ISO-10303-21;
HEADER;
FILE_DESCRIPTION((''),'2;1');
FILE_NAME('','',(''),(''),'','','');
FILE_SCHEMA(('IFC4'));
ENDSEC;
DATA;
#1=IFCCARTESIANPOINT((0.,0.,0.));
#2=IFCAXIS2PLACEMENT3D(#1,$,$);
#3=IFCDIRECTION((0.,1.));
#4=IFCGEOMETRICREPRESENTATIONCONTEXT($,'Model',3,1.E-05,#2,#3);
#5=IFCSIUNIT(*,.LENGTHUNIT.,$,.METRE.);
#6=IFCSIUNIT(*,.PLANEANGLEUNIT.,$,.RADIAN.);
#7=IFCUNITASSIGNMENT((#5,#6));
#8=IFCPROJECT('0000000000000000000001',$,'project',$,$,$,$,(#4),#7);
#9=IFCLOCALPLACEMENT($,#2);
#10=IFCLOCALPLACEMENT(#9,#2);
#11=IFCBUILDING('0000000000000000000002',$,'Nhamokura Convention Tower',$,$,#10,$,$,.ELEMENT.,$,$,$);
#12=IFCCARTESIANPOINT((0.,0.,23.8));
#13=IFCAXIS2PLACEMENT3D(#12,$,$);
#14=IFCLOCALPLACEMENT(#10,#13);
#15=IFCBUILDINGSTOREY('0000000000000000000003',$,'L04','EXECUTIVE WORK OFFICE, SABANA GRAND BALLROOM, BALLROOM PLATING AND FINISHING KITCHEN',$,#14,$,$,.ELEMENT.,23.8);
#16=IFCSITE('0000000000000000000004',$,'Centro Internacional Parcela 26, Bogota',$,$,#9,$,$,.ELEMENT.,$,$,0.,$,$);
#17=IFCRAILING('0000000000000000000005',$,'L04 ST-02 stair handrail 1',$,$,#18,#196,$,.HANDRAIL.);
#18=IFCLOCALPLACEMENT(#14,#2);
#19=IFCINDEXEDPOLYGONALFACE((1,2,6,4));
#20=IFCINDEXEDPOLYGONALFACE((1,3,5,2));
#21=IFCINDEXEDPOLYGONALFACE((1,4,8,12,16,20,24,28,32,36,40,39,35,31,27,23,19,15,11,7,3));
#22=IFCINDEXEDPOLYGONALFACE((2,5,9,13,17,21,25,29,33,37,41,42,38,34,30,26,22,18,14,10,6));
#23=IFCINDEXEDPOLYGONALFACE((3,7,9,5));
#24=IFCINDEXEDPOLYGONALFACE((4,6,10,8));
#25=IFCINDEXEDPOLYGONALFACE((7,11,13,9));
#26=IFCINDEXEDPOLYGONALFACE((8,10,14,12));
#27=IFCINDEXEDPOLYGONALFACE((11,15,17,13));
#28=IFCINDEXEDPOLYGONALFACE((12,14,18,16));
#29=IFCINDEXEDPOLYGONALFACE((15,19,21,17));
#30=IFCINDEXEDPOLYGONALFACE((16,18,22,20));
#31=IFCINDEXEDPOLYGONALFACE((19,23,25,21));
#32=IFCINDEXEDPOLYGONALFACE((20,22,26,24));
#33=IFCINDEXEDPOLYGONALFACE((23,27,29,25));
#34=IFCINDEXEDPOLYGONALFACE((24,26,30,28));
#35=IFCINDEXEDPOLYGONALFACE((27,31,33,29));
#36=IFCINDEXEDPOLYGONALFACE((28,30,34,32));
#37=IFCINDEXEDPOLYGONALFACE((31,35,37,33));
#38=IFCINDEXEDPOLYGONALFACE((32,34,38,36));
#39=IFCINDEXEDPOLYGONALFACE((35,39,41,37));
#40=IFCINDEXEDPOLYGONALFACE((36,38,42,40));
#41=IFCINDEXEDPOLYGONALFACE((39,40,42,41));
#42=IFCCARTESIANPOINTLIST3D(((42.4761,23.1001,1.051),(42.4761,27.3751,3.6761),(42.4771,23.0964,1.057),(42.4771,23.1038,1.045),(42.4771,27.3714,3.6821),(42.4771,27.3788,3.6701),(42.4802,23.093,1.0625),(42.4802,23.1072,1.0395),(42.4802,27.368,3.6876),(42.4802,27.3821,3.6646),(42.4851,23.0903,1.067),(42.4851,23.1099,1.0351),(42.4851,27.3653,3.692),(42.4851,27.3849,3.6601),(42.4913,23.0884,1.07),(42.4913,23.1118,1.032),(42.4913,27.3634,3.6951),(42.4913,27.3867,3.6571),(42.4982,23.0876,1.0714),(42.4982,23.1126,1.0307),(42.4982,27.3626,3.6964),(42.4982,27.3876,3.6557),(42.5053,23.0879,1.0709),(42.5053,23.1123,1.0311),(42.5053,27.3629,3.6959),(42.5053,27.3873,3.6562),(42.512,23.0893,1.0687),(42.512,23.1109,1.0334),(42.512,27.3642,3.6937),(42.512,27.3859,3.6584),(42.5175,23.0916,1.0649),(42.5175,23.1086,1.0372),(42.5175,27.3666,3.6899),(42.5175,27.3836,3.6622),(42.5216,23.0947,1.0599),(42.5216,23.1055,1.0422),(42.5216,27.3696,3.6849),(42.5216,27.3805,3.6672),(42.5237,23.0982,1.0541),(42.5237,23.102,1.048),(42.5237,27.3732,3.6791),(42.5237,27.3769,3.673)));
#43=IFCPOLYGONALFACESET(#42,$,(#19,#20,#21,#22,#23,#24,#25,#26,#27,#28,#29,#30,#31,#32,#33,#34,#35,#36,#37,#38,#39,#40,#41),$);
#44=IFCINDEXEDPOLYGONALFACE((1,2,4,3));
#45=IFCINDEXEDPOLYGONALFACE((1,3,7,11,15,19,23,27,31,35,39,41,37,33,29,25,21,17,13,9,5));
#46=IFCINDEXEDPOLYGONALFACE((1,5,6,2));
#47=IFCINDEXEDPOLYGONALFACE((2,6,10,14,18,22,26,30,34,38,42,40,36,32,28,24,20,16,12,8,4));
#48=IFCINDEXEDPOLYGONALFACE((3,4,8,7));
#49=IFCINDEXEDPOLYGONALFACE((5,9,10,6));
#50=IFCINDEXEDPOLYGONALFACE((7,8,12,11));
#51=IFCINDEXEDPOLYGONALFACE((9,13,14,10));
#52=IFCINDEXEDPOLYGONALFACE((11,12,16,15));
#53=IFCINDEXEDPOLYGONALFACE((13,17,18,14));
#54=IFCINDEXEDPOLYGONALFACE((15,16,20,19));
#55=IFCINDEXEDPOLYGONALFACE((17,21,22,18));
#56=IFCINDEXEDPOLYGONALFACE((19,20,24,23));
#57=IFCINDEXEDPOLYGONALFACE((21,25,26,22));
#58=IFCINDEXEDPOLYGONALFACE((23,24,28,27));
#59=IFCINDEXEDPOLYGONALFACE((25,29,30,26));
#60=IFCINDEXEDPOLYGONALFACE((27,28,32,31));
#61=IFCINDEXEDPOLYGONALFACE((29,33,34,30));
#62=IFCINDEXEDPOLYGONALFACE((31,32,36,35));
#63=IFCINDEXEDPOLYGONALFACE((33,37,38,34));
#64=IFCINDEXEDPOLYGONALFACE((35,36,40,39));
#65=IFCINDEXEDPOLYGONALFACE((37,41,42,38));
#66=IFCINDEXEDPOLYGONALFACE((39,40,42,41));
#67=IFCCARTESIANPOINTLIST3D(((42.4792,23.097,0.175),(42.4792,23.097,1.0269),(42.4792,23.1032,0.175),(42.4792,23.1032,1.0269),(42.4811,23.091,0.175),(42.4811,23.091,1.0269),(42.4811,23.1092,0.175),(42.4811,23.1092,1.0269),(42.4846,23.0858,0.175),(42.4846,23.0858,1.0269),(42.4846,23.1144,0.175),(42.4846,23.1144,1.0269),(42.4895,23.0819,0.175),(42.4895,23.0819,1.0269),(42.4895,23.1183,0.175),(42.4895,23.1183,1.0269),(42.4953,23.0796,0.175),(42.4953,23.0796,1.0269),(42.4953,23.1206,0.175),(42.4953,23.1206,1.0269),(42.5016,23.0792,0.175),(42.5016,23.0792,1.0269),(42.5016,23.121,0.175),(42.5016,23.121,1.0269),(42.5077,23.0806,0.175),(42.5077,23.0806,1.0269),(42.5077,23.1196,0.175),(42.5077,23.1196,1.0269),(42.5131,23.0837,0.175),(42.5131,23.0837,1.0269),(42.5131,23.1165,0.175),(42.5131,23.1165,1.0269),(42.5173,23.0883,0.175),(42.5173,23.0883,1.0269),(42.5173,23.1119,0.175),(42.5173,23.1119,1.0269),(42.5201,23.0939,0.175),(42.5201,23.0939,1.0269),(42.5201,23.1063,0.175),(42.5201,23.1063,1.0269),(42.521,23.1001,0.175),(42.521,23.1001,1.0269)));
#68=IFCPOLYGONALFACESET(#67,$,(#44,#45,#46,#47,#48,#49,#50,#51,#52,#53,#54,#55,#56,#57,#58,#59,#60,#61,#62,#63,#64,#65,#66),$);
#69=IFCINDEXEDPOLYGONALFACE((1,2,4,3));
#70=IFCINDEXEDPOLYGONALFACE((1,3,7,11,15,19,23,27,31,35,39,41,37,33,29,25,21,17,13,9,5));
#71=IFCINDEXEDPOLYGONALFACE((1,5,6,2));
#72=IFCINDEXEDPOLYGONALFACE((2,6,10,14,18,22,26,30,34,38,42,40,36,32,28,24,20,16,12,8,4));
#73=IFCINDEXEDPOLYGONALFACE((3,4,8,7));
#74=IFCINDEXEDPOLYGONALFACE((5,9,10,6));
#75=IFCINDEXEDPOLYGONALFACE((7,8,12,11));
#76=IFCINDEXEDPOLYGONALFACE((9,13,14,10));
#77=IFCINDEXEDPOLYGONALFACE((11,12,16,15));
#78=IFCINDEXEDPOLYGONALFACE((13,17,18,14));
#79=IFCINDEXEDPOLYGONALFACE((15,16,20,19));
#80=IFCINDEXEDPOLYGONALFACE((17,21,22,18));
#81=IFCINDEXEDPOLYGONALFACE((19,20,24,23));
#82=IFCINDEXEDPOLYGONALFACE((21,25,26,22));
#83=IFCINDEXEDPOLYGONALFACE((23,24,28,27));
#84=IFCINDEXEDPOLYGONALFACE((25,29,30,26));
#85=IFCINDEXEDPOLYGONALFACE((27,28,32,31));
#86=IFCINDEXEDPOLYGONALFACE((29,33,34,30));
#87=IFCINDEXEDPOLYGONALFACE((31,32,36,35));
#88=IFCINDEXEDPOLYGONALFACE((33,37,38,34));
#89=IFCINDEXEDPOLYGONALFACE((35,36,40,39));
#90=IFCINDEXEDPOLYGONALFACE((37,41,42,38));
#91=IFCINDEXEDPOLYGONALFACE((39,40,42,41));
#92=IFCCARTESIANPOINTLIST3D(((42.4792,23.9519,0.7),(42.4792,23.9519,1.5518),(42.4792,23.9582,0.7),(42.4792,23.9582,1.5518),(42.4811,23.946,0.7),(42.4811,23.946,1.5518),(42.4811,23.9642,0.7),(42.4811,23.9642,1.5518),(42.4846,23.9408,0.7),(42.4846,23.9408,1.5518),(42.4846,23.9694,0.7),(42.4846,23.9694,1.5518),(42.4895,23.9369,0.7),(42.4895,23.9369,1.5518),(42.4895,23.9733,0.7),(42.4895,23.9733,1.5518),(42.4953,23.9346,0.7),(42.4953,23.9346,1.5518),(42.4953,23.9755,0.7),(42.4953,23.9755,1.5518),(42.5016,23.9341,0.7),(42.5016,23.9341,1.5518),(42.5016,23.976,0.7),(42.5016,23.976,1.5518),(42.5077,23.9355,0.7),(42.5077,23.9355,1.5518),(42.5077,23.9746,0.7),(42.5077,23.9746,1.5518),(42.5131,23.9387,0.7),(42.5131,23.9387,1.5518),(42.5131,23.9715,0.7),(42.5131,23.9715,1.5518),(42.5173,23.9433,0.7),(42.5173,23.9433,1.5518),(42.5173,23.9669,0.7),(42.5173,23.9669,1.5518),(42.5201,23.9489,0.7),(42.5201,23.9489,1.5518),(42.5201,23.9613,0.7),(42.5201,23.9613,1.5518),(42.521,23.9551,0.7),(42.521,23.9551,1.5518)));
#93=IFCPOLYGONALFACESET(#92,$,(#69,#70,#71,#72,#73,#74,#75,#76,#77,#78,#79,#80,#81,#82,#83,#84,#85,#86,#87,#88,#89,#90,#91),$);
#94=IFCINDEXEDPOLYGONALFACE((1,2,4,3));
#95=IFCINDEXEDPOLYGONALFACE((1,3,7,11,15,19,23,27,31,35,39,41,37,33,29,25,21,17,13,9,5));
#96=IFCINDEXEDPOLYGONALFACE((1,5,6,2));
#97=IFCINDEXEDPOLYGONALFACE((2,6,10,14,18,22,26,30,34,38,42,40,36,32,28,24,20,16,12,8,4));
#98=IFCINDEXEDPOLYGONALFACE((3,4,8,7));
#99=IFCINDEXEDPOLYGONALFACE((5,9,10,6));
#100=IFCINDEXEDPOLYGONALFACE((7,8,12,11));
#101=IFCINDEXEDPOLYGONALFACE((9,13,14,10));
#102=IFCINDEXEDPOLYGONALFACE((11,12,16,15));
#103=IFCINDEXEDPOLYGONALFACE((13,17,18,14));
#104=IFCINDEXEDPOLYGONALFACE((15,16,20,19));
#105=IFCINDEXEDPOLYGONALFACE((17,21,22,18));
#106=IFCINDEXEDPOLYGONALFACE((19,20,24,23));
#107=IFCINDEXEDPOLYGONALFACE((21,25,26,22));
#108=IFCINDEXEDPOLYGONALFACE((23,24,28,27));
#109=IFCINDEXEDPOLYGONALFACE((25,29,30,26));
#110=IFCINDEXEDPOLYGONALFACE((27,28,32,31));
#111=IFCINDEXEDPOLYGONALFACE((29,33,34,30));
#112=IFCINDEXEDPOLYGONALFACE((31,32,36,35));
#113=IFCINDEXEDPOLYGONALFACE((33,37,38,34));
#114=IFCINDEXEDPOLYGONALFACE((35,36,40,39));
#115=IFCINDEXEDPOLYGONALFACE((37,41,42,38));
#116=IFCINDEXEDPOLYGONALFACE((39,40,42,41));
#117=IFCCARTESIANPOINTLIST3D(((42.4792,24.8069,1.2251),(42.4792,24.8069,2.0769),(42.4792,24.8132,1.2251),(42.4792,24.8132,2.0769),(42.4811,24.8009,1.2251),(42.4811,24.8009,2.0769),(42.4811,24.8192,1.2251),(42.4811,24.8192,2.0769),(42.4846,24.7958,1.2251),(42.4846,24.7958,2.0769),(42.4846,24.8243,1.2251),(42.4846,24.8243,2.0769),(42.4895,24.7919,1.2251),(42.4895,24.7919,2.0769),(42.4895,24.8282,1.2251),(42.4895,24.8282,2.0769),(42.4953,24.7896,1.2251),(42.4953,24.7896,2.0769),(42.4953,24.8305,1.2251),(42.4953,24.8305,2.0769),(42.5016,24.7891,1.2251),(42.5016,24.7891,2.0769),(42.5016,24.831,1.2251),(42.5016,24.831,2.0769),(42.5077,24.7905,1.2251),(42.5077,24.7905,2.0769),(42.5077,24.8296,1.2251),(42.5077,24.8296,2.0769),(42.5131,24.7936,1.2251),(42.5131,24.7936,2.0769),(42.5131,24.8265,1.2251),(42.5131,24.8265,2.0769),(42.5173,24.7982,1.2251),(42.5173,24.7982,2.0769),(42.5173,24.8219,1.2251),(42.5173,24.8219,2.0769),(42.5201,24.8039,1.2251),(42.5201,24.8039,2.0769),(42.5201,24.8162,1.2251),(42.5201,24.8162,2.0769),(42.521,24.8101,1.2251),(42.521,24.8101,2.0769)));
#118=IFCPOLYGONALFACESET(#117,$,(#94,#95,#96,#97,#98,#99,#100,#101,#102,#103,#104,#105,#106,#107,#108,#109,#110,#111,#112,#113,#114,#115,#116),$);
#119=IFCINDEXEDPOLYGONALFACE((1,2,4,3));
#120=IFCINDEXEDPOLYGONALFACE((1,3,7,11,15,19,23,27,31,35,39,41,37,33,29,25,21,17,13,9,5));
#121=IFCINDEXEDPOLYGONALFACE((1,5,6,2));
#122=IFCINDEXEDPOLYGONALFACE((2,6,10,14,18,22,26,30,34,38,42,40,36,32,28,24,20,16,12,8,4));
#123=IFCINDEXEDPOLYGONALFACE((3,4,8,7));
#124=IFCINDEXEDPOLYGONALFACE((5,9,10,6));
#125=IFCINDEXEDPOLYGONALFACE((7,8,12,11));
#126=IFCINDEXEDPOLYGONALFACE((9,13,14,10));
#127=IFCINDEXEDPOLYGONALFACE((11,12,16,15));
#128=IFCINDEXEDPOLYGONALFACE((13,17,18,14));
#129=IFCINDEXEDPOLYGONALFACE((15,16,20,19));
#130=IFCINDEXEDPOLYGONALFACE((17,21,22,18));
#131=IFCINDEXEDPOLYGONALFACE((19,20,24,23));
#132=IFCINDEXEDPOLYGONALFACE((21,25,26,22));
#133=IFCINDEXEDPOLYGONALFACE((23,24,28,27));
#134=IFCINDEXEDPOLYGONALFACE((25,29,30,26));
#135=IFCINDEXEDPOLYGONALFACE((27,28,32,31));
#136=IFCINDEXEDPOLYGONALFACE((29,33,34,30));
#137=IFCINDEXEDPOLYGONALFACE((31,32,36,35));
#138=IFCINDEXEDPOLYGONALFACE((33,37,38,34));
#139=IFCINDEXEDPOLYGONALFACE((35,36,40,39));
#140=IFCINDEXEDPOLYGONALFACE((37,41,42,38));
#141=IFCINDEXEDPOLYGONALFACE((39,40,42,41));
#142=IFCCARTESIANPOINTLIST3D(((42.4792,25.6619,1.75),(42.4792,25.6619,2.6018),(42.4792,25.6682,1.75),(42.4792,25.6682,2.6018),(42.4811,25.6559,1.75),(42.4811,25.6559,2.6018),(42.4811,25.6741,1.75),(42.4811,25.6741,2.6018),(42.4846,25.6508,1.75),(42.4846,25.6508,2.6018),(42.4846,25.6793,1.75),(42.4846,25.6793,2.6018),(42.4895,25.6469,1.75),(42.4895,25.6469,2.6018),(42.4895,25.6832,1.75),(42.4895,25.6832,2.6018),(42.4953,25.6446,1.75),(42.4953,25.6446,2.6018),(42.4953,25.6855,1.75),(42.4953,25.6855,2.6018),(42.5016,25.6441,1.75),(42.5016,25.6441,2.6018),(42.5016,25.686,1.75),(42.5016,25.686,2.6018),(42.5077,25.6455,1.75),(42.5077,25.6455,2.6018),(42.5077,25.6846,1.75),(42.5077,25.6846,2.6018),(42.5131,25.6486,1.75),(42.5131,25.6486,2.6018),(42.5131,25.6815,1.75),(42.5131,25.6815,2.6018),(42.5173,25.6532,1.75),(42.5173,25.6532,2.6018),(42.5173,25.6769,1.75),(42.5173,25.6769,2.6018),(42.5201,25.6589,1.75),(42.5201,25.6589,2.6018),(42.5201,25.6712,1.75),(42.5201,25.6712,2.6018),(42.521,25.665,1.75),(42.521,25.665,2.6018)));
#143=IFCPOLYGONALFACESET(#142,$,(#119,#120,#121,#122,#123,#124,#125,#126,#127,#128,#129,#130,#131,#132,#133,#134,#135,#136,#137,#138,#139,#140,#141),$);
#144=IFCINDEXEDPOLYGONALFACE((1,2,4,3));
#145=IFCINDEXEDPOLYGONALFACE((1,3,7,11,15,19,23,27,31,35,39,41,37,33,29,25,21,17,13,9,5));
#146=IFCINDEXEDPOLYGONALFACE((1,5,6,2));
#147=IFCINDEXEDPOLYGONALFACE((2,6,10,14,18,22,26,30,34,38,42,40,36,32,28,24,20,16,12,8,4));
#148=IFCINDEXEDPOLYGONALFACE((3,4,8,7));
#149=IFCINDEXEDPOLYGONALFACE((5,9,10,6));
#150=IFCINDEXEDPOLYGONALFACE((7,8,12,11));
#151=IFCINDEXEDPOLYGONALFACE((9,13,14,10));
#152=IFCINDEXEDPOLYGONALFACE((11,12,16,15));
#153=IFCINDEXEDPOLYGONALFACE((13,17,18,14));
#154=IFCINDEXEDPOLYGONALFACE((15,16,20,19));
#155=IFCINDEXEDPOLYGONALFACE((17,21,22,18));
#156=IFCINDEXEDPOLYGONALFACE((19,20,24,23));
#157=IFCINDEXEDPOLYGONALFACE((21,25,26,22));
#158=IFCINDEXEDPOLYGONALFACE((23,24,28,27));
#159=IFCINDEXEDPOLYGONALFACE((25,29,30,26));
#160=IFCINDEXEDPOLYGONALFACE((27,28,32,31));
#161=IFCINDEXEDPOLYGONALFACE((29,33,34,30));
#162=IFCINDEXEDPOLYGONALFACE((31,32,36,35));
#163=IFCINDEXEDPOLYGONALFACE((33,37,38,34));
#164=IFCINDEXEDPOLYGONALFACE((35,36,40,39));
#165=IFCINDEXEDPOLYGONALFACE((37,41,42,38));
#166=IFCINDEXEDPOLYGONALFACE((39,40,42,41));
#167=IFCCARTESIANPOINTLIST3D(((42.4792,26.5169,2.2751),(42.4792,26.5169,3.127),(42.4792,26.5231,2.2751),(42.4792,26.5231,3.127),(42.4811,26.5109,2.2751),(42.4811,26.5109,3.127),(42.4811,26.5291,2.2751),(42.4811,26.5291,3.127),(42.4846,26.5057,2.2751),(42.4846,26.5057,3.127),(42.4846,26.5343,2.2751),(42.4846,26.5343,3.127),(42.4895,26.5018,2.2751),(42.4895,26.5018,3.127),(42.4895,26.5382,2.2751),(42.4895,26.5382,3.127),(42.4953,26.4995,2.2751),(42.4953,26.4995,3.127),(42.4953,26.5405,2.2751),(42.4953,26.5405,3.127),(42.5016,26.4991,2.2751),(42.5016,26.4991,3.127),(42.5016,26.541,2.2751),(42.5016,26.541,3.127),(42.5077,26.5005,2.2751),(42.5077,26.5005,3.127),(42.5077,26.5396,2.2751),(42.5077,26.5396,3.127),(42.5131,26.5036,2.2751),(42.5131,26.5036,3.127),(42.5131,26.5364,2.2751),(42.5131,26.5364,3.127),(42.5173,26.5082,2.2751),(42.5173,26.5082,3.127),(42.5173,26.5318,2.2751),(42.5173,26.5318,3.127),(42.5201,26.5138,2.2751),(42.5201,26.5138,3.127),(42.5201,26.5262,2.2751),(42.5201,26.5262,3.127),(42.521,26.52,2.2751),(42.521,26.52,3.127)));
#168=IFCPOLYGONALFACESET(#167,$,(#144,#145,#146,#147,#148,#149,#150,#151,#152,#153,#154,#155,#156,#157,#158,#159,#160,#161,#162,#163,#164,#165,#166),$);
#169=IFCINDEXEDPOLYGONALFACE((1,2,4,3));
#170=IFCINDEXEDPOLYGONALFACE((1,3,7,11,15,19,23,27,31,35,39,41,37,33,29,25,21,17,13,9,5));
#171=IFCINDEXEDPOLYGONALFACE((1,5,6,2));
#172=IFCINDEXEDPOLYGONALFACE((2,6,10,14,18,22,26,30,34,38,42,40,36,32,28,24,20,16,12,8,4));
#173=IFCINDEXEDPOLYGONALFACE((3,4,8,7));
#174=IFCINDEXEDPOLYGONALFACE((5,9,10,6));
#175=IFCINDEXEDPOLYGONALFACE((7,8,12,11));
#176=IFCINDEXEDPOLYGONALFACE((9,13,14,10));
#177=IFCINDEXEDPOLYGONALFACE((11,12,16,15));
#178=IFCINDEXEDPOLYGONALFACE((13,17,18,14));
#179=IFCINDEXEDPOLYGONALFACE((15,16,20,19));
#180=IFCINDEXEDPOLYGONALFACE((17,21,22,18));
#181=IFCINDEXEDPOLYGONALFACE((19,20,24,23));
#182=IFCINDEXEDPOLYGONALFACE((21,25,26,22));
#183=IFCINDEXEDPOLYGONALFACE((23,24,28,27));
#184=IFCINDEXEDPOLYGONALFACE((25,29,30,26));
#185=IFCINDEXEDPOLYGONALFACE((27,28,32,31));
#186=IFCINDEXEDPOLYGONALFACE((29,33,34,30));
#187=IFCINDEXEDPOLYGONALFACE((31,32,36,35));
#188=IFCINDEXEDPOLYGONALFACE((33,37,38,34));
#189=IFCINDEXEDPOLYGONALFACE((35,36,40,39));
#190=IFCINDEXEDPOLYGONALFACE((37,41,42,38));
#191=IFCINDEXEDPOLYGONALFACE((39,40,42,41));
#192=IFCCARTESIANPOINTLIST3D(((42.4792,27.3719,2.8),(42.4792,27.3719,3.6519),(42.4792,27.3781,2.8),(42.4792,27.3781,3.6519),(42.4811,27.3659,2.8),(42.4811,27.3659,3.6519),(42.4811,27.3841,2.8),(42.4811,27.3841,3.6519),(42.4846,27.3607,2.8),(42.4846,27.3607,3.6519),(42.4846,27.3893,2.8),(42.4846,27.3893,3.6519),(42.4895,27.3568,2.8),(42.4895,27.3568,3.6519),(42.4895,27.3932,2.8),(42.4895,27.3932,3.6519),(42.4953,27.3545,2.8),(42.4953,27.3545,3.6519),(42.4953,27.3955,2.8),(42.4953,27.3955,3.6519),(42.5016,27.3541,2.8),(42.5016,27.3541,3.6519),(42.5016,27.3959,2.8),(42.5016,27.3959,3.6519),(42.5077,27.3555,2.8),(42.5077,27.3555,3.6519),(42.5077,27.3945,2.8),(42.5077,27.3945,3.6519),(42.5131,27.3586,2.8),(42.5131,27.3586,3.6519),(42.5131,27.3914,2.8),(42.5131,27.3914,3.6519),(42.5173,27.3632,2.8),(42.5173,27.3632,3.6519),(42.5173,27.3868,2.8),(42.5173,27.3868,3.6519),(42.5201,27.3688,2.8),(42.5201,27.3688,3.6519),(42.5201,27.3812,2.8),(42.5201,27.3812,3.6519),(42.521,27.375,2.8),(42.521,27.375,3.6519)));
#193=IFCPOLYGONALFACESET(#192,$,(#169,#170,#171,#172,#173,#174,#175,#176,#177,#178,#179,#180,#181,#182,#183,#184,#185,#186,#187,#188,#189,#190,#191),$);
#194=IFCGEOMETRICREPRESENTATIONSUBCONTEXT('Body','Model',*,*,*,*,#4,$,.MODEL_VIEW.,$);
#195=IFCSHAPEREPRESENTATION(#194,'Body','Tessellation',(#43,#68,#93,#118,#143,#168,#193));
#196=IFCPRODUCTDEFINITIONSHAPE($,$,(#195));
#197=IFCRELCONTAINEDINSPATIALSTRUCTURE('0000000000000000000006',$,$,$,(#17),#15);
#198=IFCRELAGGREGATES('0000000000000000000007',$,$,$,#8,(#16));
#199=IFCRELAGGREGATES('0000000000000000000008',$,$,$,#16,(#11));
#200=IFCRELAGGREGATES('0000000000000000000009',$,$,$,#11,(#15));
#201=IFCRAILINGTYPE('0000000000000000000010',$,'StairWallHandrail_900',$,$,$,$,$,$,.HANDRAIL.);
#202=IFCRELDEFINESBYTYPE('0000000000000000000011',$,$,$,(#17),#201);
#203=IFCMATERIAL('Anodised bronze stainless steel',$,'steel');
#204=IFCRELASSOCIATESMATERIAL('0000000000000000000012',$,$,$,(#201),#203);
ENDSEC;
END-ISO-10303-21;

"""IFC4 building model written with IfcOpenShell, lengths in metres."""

from ifc_helpers import new_model, si_unit, direction, frame, origin, origin_2d, place, context, subcontext, project, spatial, circle, extrude, material, type_object, element, save


model = new_model("IFC4")

# Units and contexts
model_context = context("Model", 3, precision=1e-05, world=origin(), true_north=direction((0.0, 1.0)))
body_context = subcontext(model_context, "Body", "Model", "MODEL_VIEW")
ifc_project = project(units=[si_unit("LENGTHUNIT", "METRE"), si_unit("PLANEANGLEUNIT", "RADIAN")], contexts=[model_context])

# Site, building, storey
site_placement = place(None, origin())
site = spatial("IfcSite", under=ifc_project, at=site_placement, Name="Centro Internacional Parcela 26, Bogota", CompositionType="ELEMENT", RefElevation=0.0)
building_placement = place(site_placement, origin())
building = spatial("IfcBuilding", under=site, at=building_placement, Name="Nhamokura Convention Tower", CompositionType="ELEMENT")
storey_placement = place(building_placement, frame((0.0, 0.0, 23.8)))
storey = spatial("IfcBuildingStorey", under=building, at=storey_placement, Name="L04", Description="EXECUTIVE WORK OFFICE, SABANA GRAND BALLROOM, BALLROOM PLATING AND FINISHING KITCHEN", CompositionType="ELEMENT", Elevation=23.8)

# Railing
ifc_material_1 = material(Name="Anodised bronze stainless steel", Category="steel")
railing_type_1 = type_object("IfcRailingType", Name="StairWallHandrail_900", PredefinedType="HANDRAIL", material=ifc_material_1)
railing_1_placement = place(storey_placement, frame((42.5, 23.1001, 0.175)))
element("IfcRailing", 1, at=railing_1_placement, inside=storey, type_object=railing_type_1, Name="L04 ST-02 stair handrail 1", PredefinedType="HANDRAIL", context=body_context, shape_type="SweptSolid", body=[
    extrude(circle(Radius=0.0239, at=origin_2d()), frame((0.0, 0.0, 0.876), z_axis=(0.0, 0.852166, 0.523272), x_axis=(-1.0, 0.0, 0.0)), (0.0, 0.0, 1.0), 5.0166),
    extrude(circle(Radius=0.021, at=origin_2d()), origin(), (0.0, 0.0, 1.0), 0.8518),
    extrude(circle(Radius=0.021, at=origin_2d()), frame((0.0, 0.855, 0.5249)), (0.0, 0.0, 1.0), 0.8518),
    extrude(circle(Radius=0.021, at=origin_2d()), frame((0.0, 1.71, 1.05)), (0.0, 0.0, 1.0), 0.8518),
    extrude(circle(Radius=0.021, at=origin_2d()), frame((0.0, 2.5649, 1.575)), (0.0, 0.0, 1.0), 0.8518),
    extrude(circle(Radius=0.021, at=origin_2d()), frame((0.0, 3.4199, 2.1001)), (0.0, 0.0, 1.0), 0.8518),
    extrude(circle(Radius=0.021, at=origin_2d()), frame((0.0, 4.2749, 2.625)), (0.0, 0.0, 1.0), 0.8518),
])

save(model, "model.ifc")
